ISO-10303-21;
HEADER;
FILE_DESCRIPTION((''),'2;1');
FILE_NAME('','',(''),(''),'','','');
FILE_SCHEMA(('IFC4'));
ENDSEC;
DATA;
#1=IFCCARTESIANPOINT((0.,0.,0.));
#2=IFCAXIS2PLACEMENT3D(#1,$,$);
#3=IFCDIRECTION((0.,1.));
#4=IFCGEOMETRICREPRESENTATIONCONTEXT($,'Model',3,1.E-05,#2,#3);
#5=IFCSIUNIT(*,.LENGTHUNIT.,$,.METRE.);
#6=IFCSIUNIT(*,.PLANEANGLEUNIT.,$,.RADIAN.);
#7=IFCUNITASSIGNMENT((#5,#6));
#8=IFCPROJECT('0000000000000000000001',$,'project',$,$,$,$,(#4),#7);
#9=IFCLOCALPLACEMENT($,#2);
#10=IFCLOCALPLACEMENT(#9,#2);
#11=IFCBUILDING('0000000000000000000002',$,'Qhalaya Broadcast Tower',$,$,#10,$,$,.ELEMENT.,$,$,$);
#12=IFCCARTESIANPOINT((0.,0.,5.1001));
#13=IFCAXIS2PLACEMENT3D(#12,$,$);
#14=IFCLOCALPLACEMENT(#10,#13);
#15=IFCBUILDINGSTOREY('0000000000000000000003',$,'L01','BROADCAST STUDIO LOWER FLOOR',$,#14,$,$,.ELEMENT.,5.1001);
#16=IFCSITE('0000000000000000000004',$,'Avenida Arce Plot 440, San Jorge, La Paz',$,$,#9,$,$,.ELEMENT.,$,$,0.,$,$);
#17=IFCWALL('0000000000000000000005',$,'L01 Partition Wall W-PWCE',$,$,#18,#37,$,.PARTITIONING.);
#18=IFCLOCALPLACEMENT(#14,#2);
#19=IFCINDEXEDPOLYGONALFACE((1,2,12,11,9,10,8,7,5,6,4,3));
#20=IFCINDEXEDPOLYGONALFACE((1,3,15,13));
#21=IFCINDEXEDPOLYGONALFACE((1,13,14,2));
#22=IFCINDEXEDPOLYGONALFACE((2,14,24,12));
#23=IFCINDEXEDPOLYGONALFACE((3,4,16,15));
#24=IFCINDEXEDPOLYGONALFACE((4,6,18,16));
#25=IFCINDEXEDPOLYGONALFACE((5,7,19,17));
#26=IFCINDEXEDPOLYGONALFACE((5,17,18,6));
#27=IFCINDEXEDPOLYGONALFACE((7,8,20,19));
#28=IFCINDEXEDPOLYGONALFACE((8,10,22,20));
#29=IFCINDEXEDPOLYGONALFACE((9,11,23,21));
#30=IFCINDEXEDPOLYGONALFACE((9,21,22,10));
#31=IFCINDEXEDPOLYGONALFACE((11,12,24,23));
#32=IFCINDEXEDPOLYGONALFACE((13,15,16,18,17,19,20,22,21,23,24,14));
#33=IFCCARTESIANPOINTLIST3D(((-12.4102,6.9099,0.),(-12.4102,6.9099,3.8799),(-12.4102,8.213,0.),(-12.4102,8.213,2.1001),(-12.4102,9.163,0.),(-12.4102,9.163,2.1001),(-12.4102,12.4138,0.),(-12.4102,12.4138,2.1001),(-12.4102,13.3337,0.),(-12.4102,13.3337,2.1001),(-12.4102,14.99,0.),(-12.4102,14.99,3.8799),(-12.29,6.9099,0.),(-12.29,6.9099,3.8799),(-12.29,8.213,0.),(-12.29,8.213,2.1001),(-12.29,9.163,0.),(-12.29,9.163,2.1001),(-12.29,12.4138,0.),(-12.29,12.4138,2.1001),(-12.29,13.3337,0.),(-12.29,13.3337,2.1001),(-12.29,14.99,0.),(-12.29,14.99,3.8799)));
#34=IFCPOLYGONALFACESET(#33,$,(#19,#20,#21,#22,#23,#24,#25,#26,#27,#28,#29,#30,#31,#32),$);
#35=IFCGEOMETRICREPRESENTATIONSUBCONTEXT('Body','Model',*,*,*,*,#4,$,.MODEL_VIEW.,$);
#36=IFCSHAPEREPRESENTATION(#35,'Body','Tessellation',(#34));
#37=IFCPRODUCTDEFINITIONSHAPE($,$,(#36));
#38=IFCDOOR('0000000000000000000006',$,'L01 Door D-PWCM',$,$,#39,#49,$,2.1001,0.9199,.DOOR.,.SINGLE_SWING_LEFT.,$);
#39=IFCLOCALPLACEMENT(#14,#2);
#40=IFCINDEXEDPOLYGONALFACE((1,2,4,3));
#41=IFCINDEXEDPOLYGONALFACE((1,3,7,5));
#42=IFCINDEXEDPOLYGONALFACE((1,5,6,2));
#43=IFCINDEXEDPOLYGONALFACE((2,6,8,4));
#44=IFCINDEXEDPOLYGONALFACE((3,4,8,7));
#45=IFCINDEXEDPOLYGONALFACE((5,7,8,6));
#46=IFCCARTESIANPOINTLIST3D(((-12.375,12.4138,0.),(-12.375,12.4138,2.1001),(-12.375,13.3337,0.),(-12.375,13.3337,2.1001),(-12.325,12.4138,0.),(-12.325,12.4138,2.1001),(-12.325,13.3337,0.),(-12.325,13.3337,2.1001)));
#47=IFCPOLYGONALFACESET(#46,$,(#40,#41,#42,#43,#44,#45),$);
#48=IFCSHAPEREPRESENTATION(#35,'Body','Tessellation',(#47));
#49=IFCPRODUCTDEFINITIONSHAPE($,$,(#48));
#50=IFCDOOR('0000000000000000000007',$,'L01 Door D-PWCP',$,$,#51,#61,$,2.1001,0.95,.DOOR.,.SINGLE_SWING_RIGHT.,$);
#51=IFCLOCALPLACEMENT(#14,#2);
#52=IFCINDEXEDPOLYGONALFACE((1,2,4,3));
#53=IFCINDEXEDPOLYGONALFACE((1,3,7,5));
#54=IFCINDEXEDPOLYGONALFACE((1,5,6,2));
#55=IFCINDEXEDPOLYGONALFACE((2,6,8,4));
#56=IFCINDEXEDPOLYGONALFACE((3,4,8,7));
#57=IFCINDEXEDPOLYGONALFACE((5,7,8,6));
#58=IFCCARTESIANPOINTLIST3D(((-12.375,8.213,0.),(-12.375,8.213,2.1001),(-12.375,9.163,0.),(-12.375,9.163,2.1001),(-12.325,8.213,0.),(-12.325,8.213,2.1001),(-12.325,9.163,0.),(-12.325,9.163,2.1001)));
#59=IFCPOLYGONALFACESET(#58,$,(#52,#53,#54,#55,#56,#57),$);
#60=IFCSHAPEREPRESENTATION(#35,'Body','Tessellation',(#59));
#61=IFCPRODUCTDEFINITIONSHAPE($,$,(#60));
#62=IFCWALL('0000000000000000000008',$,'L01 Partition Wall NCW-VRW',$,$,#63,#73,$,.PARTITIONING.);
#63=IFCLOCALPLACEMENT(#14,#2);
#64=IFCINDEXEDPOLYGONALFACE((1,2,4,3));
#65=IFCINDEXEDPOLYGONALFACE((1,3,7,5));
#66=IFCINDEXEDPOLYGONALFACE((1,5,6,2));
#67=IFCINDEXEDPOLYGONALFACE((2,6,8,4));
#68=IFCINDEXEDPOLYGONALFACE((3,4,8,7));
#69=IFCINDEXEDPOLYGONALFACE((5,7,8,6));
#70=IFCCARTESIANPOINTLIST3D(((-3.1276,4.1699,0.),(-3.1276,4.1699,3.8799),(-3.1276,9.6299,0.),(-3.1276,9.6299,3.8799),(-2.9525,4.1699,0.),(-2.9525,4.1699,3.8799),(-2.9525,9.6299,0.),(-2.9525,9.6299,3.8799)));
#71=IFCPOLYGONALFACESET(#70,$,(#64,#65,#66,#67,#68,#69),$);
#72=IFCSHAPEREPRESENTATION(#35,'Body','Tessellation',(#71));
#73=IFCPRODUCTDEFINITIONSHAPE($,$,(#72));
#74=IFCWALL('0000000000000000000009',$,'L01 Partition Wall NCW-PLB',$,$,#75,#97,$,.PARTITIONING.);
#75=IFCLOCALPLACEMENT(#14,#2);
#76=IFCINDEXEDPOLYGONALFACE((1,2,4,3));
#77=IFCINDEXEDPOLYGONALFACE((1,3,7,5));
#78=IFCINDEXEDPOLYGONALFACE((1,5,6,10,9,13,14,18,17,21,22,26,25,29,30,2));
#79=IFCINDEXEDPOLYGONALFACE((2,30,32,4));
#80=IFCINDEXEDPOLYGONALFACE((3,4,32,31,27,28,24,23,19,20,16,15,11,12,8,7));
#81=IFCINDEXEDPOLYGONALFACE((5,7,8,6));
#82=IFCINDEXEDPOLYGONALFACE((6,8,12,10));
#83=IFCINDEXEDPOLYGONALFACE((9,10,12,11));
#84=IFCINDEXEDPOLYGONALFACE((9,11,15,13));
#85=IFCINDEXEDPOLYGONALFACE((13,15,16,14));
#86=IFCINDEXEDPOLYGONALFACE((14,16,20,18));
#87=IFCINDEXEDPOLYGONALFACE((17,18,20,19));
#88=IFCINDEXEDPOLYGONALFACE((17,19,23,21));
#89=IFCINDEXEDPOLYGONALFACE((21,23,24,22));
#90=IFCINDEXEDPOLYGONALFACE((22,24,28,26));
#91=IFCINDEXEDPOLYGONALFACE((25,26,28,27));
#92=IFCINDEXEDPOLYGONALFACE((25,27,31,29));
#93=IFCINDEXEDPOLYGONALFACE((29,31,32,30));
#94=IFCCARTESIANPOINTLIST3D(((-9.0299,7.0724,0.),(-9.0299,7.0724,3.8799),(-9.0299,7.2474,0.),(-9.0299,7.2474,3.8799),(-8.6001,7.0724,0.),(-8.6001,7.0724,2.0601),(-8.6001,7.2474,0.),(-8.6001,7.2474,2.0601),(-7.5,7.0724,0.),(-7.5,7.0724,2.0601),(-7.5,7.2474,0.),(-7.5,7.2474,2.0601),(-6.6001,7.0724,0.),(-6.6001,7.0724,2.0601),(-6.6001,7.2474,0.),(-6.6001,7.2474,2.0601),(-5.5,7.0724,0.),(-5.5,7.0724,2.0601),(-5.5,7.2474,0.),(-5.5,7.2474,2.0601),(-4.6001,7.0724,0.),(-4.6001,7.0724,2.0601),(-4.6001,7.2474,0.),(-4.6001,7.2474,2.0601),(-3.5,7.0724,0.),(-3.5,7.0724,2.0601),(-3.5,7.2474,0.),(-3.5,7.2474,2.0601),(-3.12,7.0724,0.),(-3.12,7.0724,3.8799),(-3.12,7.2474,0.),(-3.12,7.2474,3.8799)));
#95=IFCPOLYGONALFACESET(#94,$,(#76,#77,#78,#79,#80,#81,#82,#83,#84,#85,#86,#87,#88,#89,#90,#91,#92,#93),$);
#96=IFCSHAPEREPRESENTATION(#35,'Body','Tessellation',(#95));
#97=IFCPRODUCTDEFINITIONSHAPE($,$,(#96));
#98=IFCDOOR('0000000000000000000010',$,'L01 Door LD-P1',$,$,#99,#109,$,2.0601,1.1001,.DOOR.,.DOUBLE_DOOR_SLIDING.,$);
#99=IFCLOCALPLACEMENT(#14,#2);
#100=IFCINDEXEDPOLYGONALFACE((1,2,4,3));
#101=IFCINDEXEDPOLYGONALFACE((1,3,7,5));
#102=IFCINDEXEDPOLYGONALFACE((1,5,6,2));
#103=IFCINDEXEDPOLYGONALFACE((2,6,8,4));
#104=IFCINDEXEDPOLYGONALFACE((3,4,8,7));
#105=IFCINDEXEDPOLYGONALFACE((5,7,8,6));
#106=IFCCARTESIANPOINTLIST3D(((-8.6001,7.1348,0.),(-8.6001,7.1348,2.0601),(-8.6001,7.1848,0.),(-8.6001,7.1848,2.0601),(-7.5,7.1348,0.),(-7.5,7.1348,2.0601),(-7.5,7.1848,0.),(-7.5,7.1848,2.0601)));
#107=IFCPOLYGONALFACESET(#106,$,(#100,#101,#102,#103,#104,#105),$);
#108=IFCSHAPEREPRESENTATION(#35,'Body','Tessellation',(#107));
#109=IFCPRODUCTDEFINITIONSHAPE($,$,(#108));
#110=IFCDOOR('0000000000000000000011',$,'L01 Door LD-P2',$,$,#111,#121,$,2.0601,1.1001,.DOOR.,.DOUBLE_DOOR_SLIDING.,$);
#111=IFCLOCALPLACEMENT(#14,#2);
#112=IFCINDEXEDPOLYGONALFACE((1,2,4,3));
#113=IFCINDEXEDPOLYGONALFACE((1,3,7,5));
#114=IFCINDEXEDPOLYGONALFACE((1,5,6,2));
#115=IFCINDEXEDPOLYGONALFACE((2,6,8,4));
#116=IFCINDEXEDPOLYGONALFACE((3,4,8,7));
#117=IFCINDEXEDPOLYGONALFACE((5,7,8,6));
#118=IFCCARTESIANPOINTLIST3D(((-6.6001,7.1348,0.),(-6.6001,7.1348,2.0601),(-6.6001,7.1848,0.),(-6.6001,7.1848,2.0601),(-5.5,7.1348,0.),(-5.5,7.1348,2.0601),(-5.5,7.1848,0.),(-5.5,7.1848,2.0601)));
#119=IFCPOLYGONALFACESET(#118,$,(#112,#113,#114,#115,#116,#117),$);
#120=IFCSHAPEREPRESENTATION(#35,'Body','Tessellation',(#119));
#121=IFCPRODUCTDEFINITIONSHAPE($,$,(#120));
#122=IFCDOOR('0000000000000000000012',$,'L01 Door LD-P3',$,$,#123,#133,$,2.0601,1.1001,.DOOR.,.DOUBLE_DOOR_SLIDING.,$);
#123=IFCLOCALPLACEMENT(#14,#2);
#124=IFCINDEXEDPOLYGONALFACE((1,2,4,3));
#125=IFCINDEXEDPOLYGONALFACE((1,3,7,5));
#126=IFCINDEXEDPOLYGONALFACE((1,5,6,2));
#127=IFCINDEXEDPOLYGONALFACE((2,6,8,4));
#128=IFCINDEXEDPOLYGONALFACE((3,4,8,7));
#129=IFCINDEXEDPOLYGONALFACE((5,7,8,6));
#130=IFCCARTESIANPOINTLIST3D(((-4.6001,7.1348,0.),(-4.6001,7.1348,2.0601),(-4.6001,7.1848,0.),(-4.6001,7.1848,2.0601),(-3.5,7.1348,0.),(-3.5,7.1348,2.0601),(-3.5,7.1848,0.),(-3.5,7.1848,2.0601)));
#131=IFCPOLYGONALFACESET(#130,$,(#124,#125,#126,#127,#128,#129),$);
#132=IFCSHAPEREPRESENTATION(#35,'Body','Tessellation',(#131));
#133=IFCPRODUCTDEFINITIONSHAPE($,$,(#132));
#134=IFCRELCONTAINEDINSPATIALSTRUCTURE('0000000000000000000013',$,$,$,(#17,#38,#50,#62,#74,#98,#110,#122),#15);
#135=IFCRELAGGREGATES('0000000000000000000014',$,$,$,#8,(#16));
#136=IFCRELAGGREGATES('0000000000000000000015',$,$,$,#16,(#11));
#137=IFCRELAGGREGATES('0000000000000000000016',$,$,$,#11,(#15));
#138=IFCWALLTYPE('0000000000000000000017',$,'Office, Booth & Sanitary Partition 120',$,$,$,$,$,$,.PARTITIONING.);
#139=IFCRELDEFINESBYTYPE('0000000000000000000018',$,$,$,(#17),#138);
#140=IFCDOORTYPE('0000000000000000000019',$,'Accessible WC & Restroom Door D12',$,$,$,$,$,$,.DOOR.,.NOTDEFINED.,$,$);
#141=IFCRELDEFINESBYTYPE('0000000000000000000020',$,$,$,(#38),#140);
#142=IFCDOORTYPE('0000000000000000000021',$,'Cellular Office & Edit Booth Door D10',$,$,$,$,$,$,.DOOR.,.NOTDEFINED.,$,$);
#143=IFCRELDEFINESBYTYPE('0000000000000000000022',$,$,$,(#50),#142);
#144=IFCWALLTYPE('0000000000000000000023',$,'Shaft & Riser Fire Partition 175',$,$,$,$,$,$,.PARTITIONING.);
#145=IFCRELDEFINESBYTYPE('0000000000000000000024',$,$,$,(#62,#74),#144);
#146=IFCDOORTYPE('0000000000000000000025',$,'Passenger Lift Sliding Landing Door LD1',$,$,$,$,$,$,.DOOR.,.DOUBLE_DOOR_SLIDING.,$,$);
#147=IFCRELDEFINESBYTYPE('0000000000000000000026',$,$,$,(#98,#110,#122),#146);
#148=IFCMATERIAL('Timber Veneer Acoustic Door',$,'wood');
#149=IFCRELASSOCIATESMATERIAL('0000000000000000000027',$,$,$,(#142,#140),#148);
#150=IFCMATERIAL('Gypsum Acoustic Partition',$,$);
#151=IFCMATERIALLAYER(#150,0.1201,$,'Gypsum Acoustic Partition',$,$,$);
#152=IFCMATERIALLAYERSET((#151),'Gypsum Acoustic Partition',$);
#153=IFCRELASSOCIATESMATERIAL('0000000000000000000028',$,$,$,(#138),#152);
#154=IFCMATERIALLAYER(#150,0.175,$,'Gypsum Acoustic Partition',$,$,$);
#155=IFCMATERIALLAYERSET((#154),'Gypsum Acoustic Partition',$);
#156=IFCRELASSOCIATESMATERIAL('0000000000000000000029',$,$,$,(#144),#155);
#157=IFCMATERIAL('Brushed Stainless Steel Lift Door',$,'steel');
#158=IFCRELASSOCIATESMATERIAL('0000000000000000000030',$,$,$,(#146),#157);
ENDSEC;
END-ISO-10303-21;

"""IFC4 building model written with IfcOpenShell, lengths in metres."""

from ifc_helpers import new_model, si_unit, direction, frame, frame_2d, origin, place, context, subcontext, project, spatial, rectangle, extrude, material, layer, layer_set, type_object, element, fill, save


model = new_model("IFC4")

# Units and contexts
model_context = context("Model", 3, precision=1e-05, world=origin(), true_north=direction((0.0, 1.0)))
body_context = subcontext(model_context, "Body", "Model", "MODEL_VIEW")
ifc_project = project(units=[si_unit("LENGTHUNIT", "METRE"), si_unit("PLANEANGLEUNIT", "RADIAN")], contexts=[model_context])

# Site, building, storey
site_placement = place(None, origin())
site = spatial("IfcSite", under=ifc_project, at=site_placement, Name="Avenida Arce Plot 440, San Jorge, La Paz", CompositionType="ELEMENT", RefElevation=0.0)
building_placement = place(site_placement, origin())
building = spatial("IfcBuilding", under=site, at=building_placement, Name="Qhalaya Broadcast Tower", CompositionType="ELEMENT")
storey_placement = place(building_placement, frame((0.0, 0.0, 5.1001)))
storey = spatial("IfcBuildingStorey", under=building, at=storey_placement, Name="L01", Description="BROADCAST STUDIO LOWER FLOOR", CompositionType="ELEMENT", Elevation=5.1001)

# Shared definitions
ifc_material_1 = material(Name="Timber Veneer Acoustic Door", Category="wood")
door_type_1 = type_object("IfcDoorType", Name="Cellular Office & Edit Booth Door D10", OperationType="NOTDEFINED", PredefinedType="DOOR", material=ifc_material_1)

# Shared definitions
ifc_material_2 = material(Name="Gypsum Acoustic Partition")
ifc_layer_1 = layer(ifc_material_2, 0.1201, Name="Gypsum Acoustic Partition")
ifc_layer_set_1 = layer_set([ifc_layer_1], Name="Gypsum Acoustic Partition")
wall_type_1 = type_object("IfcWallType", Name="Office, Booth & Sanitary Partition 120", PredefinedType="PARTITIONING", material=ifc_layer_set_1)

# Wall, openings, doors
wall_1_placement = place(storey_placement, frame((-12.3501, 6.9099, 0.0), z_axis=(0.0, 0.0, 1.0), x_axis=(0.0, 1.0, 0.0)))
wall_1 = element("IfcWall", 1, at=wall_1_placement, inside=storey, type_object=wall_type_1, Name="L01 Partition Wall W-PWCE", PredefinedType="PARTITIONING", context=body_context, shape_type="SweptSolid", body=[
    extrude(rectangle(XDim=8.0801, YDim=0.1201, at=frame_2d((4.04, 0.0))), origin(), (0.0, 0.0, 1.0), 3.8799),
])
opening_1_placement = place(wall_1_placement, frame((1.303, 0.0, 0.0)))
opening_1 = element("IfcOpeningElement", 2, at=opening_1_placement, cuts=wall_1, PredefinedType="OPENING", context=body_context, shape_type="SweptSolid", body=[
    extrude(rectangle(XDim=0.95, YDim=2.1001, at=frame_2d((0.4751, 1.05))), frame((0.0, 0.072, 0.0), z_axis=(0.0, -1.0, 0.0), x_axis=(1.0, 0.0, 0.0)), (0.0, 0.0, 1.0), 0.144),
])
opening_2_placement = place(wall_1_placement, frame((5.5039, 0.0, 0.0)))
opening_2 = element("IfcOpeningElement", 3, at=opening_2_placement, cuts=wall_1, PredefinedType="OPENING", context=body_context, shape_type="SweptSolid", body=[
    extrude(rectangle(XDim=0.9199, YDim=2.1001, at=frame_2d((0.46, 1.05))), frame((0.0, 0.072, 0.0), z_axis=(0.0, -1.0, 0.0), x_axis=(1.0, 0.0, 0.0)), (0.0, 0.0, 1.0), 0.144),
])
door_type_2 = type_object("IfcDoorType", Name="Accessible WC & Restroom Door D12", OperationType="NOTDEFINED", PredefinedType="DOOR", material=ifc_material_1)
door_1_placement = place(opening_2_placement, origin())
door_1 = element("IfcDoor", 4, at=door_1_placement, inside=storey, type_object=door_type_2, Name="L01 Door D-PWCM", OperationType="SINGLE_SWING_LEFT", OverallHeight=2.1001, OverallWidth=0.9199, PredefinedType="DOOR", context=body_context, shape_type="SweptSolid", body=[
    extrude(rectangle(XDim=0.9199, YDim=2.1001, at=frame_2d((0.46, 1.05))), frame((0.0, 0.0249, 0.0), z_axis=(0.0, -1.0, 0.0), x_axis=(1.0, 0.0, 0.0)), (0.0, 0.0, 1.0), 0.05),
])
fill(opening_2, door_1)
door_2_placement = place(opening_1_placement, origin())
door_2 = element("IfcDoor", 5, at=door_2_placement, inside=storey, type_object=door_type_1, Name="L01 Door D-PWCP", OperationType="SINGLE_SWING_RIGHT", OverallHeight=2.1001, OverallWidth=0.95, PredefinedType="DOOR", context=body_context, shape_type="SweptSolid", body=[
    extrude(rectangle(XDim=0.95, YDim=2.1001, at=frame_2d((0.4751, 1.05))), frame((0.0, 0.0249, 0.0), z_axis=(0.0, -1.0, 0.0), x_axis=(1.0, 0.0, 0.0)), (0.0, 0.0, 1.0), 0.05),
])
fill(opening_1, door_2)

# Wall
ifc_layer_2 = layer(ifc_material_2, 0.175, Name="Gypsum Acoustic Partition")
ifc_layer_set_2 = layer_set([ifc_layer_2], Name="Gypsum Acoustic Partition")
wall_type_2 = type_object("IfcWallType", Name="Shaft & Riser Fire Partition 175", PredefinedType="PARTITIONING", material=ifc_layer_set_2)
wall_2_placement = place(storey_placement, frame((-3.04, 4.1699, 0.0), z_axis=(0.0, 0.0, 1.0), x_axis=(0.0, 1.0, 0.0)))
element("IfcWall", 6, at=wall_2_placement, inside=storey, type_object=wall_type_2, Name="L01 Partition Wall NCW-VRW", PredefinedType="PARTITIONING", context=body_context, shape_type="SweptSolid", body=[
    extrude(rectangle(XDim=5.46, YDim=0.175, at=frame_2d((2.73, 0.0))), origin(), (0.0, 0.0, 1.0), 3.8799),
])

# Wall, openings, doors
wall_3_placement = place(storey_placement, frame((-9.03, 7.1599, 0.0), z_axis=(0.0, 0.0, 1.0), x_axis=(1.0, 0.0, 0.0)))
wall_3 = element("IfcWall", 7, at=wall_3_placement, inside=storey, type_object=wall_type_2, Name="L01 Partition Wall NCW-PLB", PredefinedType="PARTITIONING", context=body_context, shape_type="SweptSolid", body=[
    extrude(rectangle(XDim=5.9099, YDim=0.175, at=frame_2d((2.9551, 0.0))), origin(), (0.0, 0.0, 1.0), 3.8799),
])
opening_3_placement = place(wall_3_placement, frame((0.4299, 0.0, 0.0)))
opening_3 = element("IfcOpeningElement", 8, at=opening_3_placement, cuts=wall_3, PredefinedType="OPENING", context=body_context, shape_type="SweptSolid", body=[
    extrude(rectangle(XDim=1.1001, YDim=2.0601, at=frame_2d((0.55, 1.03))), frame((0.0, 0.0996, 0.0), z_axis=(0.0, -1.0, 0.0), x_axis=(1.0, 0.0, 0.0)), (0.0, 0.0, 1.0), 0.199),
])
opening_4_placement = place(wall_3_placement, frame((2.4299, 0.0, 0.0)))
opening_4 = element("IfcOpeningElement", 9, at=opening_4_placement, cuts=wall_3, PredefinedType="OPENING", context=body_context, shape_type="SweptSolid", body=[
    extrude(rectangle(XDim=1.1001, YDim=2.0601, at=frame_2d((0.55, 1.03))), frame((0.0, 0.0996, 0.0), z_axis=(0.0, -1.0, 0.0), x_axis=(1.0, 0.0, 0.0)), (0.0, 0.0, 1.0), 0.199),
])
opening_5_placement = place(wall_3_placement, frame((4.4299, 0.0, 0.0)))
opening_5 = element("IfcOpeningElement", 10, at=opening_5_placement, cuts=wall_3, PredefinedType="OPENING", context=body_context, shape_type="SweptSolid", body=[
    extrude(rectangle(XDim=1.1001, YDim=2.0601, at=frame_2d((0.55, 1.03))), frame((0.0, 0.0996, 0.0), z_axis=(0.0, -1.0, 0.0), x_axis=(1.0, 0.0, 0.0)), (0.0, 0.0, 1.0), 0.199),
])
ifc_material_3 = material(Name="Brushed Stainless Steel Lift Door", Category="steel")
door_type_3 = type_object("IfcDoorType", Name="Passenger Lift Sliding Landing Door LD1", OperationType="DOUBLE_DOOR_SLIDING", PredefinedType="DOOR", material=ifc_material_3)
door_3_placement = place(opening_3_placement, origin())
door_3 = element("IfcDoor", 11, at=door_3_placement, inside=storey, type_object=door_type_3, Name="L01 Door LD-P1", OperationType="DOUBLE_DOOR_SLIDING", OverallHeight=2.0601, OverallWidth=1.1001, PredefinedType="DOOR", context=body_context, shape_type="SweptSolid", body=[
    extrude(rectangle(XDim=1.1001, YDim=2.0601, at=frame_2d((0.55, 1.03))), frame((0.0, 0.0249, 0.0), z_axis=(0.0, -1.0, 0.0), x_axis=(1.0, 0.0, 0.0)), (0.0, 0.0, 1.0), 0.05),
])
fill(opening_3, door_3)
door_4_placement = place(opening_4_placement, origin())
door_4 = element("IfcDoor", 12, at=door_4_placement, inside=storey, type_object=door_type_3, Name="L01 Door LD-P2", OperationType="DOUBLE_DOOR_SLIDING", OverallHeight=2.0601, OverallWidth=1.1001, PredefinedType="DOOR", context=body_context, shape_type="SweptSolid", body=[
    extrude(rectangle(XDim=1.1001, YDim=2.0601, at=frame_2d((0.55, 1.03))), frame((0.0, 0.0249, 0.0), z_axis=(0.0, -1.0, 0.0), x_axis=(1.0, 0.0, 0.0)), (0.0, 0.0, 1.0), 0.05),
])
fill(opening_4, door_4)
door_5_placement = place(opening_5_placement, origin())
door_5 = element("IfcDoor", 13, at=door_5_placement, inside=storey, type_object=door_type_3, Name="L01 Door LD-P3", OperationType="DOUBLE_DOOR_SLIDING", OverallHeight=2.0601, OverallWidth=1.1001, PredefinedType="DOOR", context=body_context, shape_type="SweptSolid", body=[
    extrude(rectangle(XDim=1.1001, YDim=2.0601, at=frame_2d((0.55, 1.03))), frame((0.0, 0.0249, 0.0), z_axis=(0.0, -1.0, 0.0), x_axis=(1.0, 0.0, 0.0)), (0.0, 0.0, 1.0), 0.05),
])
fill(opening_5, door_5)

save(model, "model.ifc")
